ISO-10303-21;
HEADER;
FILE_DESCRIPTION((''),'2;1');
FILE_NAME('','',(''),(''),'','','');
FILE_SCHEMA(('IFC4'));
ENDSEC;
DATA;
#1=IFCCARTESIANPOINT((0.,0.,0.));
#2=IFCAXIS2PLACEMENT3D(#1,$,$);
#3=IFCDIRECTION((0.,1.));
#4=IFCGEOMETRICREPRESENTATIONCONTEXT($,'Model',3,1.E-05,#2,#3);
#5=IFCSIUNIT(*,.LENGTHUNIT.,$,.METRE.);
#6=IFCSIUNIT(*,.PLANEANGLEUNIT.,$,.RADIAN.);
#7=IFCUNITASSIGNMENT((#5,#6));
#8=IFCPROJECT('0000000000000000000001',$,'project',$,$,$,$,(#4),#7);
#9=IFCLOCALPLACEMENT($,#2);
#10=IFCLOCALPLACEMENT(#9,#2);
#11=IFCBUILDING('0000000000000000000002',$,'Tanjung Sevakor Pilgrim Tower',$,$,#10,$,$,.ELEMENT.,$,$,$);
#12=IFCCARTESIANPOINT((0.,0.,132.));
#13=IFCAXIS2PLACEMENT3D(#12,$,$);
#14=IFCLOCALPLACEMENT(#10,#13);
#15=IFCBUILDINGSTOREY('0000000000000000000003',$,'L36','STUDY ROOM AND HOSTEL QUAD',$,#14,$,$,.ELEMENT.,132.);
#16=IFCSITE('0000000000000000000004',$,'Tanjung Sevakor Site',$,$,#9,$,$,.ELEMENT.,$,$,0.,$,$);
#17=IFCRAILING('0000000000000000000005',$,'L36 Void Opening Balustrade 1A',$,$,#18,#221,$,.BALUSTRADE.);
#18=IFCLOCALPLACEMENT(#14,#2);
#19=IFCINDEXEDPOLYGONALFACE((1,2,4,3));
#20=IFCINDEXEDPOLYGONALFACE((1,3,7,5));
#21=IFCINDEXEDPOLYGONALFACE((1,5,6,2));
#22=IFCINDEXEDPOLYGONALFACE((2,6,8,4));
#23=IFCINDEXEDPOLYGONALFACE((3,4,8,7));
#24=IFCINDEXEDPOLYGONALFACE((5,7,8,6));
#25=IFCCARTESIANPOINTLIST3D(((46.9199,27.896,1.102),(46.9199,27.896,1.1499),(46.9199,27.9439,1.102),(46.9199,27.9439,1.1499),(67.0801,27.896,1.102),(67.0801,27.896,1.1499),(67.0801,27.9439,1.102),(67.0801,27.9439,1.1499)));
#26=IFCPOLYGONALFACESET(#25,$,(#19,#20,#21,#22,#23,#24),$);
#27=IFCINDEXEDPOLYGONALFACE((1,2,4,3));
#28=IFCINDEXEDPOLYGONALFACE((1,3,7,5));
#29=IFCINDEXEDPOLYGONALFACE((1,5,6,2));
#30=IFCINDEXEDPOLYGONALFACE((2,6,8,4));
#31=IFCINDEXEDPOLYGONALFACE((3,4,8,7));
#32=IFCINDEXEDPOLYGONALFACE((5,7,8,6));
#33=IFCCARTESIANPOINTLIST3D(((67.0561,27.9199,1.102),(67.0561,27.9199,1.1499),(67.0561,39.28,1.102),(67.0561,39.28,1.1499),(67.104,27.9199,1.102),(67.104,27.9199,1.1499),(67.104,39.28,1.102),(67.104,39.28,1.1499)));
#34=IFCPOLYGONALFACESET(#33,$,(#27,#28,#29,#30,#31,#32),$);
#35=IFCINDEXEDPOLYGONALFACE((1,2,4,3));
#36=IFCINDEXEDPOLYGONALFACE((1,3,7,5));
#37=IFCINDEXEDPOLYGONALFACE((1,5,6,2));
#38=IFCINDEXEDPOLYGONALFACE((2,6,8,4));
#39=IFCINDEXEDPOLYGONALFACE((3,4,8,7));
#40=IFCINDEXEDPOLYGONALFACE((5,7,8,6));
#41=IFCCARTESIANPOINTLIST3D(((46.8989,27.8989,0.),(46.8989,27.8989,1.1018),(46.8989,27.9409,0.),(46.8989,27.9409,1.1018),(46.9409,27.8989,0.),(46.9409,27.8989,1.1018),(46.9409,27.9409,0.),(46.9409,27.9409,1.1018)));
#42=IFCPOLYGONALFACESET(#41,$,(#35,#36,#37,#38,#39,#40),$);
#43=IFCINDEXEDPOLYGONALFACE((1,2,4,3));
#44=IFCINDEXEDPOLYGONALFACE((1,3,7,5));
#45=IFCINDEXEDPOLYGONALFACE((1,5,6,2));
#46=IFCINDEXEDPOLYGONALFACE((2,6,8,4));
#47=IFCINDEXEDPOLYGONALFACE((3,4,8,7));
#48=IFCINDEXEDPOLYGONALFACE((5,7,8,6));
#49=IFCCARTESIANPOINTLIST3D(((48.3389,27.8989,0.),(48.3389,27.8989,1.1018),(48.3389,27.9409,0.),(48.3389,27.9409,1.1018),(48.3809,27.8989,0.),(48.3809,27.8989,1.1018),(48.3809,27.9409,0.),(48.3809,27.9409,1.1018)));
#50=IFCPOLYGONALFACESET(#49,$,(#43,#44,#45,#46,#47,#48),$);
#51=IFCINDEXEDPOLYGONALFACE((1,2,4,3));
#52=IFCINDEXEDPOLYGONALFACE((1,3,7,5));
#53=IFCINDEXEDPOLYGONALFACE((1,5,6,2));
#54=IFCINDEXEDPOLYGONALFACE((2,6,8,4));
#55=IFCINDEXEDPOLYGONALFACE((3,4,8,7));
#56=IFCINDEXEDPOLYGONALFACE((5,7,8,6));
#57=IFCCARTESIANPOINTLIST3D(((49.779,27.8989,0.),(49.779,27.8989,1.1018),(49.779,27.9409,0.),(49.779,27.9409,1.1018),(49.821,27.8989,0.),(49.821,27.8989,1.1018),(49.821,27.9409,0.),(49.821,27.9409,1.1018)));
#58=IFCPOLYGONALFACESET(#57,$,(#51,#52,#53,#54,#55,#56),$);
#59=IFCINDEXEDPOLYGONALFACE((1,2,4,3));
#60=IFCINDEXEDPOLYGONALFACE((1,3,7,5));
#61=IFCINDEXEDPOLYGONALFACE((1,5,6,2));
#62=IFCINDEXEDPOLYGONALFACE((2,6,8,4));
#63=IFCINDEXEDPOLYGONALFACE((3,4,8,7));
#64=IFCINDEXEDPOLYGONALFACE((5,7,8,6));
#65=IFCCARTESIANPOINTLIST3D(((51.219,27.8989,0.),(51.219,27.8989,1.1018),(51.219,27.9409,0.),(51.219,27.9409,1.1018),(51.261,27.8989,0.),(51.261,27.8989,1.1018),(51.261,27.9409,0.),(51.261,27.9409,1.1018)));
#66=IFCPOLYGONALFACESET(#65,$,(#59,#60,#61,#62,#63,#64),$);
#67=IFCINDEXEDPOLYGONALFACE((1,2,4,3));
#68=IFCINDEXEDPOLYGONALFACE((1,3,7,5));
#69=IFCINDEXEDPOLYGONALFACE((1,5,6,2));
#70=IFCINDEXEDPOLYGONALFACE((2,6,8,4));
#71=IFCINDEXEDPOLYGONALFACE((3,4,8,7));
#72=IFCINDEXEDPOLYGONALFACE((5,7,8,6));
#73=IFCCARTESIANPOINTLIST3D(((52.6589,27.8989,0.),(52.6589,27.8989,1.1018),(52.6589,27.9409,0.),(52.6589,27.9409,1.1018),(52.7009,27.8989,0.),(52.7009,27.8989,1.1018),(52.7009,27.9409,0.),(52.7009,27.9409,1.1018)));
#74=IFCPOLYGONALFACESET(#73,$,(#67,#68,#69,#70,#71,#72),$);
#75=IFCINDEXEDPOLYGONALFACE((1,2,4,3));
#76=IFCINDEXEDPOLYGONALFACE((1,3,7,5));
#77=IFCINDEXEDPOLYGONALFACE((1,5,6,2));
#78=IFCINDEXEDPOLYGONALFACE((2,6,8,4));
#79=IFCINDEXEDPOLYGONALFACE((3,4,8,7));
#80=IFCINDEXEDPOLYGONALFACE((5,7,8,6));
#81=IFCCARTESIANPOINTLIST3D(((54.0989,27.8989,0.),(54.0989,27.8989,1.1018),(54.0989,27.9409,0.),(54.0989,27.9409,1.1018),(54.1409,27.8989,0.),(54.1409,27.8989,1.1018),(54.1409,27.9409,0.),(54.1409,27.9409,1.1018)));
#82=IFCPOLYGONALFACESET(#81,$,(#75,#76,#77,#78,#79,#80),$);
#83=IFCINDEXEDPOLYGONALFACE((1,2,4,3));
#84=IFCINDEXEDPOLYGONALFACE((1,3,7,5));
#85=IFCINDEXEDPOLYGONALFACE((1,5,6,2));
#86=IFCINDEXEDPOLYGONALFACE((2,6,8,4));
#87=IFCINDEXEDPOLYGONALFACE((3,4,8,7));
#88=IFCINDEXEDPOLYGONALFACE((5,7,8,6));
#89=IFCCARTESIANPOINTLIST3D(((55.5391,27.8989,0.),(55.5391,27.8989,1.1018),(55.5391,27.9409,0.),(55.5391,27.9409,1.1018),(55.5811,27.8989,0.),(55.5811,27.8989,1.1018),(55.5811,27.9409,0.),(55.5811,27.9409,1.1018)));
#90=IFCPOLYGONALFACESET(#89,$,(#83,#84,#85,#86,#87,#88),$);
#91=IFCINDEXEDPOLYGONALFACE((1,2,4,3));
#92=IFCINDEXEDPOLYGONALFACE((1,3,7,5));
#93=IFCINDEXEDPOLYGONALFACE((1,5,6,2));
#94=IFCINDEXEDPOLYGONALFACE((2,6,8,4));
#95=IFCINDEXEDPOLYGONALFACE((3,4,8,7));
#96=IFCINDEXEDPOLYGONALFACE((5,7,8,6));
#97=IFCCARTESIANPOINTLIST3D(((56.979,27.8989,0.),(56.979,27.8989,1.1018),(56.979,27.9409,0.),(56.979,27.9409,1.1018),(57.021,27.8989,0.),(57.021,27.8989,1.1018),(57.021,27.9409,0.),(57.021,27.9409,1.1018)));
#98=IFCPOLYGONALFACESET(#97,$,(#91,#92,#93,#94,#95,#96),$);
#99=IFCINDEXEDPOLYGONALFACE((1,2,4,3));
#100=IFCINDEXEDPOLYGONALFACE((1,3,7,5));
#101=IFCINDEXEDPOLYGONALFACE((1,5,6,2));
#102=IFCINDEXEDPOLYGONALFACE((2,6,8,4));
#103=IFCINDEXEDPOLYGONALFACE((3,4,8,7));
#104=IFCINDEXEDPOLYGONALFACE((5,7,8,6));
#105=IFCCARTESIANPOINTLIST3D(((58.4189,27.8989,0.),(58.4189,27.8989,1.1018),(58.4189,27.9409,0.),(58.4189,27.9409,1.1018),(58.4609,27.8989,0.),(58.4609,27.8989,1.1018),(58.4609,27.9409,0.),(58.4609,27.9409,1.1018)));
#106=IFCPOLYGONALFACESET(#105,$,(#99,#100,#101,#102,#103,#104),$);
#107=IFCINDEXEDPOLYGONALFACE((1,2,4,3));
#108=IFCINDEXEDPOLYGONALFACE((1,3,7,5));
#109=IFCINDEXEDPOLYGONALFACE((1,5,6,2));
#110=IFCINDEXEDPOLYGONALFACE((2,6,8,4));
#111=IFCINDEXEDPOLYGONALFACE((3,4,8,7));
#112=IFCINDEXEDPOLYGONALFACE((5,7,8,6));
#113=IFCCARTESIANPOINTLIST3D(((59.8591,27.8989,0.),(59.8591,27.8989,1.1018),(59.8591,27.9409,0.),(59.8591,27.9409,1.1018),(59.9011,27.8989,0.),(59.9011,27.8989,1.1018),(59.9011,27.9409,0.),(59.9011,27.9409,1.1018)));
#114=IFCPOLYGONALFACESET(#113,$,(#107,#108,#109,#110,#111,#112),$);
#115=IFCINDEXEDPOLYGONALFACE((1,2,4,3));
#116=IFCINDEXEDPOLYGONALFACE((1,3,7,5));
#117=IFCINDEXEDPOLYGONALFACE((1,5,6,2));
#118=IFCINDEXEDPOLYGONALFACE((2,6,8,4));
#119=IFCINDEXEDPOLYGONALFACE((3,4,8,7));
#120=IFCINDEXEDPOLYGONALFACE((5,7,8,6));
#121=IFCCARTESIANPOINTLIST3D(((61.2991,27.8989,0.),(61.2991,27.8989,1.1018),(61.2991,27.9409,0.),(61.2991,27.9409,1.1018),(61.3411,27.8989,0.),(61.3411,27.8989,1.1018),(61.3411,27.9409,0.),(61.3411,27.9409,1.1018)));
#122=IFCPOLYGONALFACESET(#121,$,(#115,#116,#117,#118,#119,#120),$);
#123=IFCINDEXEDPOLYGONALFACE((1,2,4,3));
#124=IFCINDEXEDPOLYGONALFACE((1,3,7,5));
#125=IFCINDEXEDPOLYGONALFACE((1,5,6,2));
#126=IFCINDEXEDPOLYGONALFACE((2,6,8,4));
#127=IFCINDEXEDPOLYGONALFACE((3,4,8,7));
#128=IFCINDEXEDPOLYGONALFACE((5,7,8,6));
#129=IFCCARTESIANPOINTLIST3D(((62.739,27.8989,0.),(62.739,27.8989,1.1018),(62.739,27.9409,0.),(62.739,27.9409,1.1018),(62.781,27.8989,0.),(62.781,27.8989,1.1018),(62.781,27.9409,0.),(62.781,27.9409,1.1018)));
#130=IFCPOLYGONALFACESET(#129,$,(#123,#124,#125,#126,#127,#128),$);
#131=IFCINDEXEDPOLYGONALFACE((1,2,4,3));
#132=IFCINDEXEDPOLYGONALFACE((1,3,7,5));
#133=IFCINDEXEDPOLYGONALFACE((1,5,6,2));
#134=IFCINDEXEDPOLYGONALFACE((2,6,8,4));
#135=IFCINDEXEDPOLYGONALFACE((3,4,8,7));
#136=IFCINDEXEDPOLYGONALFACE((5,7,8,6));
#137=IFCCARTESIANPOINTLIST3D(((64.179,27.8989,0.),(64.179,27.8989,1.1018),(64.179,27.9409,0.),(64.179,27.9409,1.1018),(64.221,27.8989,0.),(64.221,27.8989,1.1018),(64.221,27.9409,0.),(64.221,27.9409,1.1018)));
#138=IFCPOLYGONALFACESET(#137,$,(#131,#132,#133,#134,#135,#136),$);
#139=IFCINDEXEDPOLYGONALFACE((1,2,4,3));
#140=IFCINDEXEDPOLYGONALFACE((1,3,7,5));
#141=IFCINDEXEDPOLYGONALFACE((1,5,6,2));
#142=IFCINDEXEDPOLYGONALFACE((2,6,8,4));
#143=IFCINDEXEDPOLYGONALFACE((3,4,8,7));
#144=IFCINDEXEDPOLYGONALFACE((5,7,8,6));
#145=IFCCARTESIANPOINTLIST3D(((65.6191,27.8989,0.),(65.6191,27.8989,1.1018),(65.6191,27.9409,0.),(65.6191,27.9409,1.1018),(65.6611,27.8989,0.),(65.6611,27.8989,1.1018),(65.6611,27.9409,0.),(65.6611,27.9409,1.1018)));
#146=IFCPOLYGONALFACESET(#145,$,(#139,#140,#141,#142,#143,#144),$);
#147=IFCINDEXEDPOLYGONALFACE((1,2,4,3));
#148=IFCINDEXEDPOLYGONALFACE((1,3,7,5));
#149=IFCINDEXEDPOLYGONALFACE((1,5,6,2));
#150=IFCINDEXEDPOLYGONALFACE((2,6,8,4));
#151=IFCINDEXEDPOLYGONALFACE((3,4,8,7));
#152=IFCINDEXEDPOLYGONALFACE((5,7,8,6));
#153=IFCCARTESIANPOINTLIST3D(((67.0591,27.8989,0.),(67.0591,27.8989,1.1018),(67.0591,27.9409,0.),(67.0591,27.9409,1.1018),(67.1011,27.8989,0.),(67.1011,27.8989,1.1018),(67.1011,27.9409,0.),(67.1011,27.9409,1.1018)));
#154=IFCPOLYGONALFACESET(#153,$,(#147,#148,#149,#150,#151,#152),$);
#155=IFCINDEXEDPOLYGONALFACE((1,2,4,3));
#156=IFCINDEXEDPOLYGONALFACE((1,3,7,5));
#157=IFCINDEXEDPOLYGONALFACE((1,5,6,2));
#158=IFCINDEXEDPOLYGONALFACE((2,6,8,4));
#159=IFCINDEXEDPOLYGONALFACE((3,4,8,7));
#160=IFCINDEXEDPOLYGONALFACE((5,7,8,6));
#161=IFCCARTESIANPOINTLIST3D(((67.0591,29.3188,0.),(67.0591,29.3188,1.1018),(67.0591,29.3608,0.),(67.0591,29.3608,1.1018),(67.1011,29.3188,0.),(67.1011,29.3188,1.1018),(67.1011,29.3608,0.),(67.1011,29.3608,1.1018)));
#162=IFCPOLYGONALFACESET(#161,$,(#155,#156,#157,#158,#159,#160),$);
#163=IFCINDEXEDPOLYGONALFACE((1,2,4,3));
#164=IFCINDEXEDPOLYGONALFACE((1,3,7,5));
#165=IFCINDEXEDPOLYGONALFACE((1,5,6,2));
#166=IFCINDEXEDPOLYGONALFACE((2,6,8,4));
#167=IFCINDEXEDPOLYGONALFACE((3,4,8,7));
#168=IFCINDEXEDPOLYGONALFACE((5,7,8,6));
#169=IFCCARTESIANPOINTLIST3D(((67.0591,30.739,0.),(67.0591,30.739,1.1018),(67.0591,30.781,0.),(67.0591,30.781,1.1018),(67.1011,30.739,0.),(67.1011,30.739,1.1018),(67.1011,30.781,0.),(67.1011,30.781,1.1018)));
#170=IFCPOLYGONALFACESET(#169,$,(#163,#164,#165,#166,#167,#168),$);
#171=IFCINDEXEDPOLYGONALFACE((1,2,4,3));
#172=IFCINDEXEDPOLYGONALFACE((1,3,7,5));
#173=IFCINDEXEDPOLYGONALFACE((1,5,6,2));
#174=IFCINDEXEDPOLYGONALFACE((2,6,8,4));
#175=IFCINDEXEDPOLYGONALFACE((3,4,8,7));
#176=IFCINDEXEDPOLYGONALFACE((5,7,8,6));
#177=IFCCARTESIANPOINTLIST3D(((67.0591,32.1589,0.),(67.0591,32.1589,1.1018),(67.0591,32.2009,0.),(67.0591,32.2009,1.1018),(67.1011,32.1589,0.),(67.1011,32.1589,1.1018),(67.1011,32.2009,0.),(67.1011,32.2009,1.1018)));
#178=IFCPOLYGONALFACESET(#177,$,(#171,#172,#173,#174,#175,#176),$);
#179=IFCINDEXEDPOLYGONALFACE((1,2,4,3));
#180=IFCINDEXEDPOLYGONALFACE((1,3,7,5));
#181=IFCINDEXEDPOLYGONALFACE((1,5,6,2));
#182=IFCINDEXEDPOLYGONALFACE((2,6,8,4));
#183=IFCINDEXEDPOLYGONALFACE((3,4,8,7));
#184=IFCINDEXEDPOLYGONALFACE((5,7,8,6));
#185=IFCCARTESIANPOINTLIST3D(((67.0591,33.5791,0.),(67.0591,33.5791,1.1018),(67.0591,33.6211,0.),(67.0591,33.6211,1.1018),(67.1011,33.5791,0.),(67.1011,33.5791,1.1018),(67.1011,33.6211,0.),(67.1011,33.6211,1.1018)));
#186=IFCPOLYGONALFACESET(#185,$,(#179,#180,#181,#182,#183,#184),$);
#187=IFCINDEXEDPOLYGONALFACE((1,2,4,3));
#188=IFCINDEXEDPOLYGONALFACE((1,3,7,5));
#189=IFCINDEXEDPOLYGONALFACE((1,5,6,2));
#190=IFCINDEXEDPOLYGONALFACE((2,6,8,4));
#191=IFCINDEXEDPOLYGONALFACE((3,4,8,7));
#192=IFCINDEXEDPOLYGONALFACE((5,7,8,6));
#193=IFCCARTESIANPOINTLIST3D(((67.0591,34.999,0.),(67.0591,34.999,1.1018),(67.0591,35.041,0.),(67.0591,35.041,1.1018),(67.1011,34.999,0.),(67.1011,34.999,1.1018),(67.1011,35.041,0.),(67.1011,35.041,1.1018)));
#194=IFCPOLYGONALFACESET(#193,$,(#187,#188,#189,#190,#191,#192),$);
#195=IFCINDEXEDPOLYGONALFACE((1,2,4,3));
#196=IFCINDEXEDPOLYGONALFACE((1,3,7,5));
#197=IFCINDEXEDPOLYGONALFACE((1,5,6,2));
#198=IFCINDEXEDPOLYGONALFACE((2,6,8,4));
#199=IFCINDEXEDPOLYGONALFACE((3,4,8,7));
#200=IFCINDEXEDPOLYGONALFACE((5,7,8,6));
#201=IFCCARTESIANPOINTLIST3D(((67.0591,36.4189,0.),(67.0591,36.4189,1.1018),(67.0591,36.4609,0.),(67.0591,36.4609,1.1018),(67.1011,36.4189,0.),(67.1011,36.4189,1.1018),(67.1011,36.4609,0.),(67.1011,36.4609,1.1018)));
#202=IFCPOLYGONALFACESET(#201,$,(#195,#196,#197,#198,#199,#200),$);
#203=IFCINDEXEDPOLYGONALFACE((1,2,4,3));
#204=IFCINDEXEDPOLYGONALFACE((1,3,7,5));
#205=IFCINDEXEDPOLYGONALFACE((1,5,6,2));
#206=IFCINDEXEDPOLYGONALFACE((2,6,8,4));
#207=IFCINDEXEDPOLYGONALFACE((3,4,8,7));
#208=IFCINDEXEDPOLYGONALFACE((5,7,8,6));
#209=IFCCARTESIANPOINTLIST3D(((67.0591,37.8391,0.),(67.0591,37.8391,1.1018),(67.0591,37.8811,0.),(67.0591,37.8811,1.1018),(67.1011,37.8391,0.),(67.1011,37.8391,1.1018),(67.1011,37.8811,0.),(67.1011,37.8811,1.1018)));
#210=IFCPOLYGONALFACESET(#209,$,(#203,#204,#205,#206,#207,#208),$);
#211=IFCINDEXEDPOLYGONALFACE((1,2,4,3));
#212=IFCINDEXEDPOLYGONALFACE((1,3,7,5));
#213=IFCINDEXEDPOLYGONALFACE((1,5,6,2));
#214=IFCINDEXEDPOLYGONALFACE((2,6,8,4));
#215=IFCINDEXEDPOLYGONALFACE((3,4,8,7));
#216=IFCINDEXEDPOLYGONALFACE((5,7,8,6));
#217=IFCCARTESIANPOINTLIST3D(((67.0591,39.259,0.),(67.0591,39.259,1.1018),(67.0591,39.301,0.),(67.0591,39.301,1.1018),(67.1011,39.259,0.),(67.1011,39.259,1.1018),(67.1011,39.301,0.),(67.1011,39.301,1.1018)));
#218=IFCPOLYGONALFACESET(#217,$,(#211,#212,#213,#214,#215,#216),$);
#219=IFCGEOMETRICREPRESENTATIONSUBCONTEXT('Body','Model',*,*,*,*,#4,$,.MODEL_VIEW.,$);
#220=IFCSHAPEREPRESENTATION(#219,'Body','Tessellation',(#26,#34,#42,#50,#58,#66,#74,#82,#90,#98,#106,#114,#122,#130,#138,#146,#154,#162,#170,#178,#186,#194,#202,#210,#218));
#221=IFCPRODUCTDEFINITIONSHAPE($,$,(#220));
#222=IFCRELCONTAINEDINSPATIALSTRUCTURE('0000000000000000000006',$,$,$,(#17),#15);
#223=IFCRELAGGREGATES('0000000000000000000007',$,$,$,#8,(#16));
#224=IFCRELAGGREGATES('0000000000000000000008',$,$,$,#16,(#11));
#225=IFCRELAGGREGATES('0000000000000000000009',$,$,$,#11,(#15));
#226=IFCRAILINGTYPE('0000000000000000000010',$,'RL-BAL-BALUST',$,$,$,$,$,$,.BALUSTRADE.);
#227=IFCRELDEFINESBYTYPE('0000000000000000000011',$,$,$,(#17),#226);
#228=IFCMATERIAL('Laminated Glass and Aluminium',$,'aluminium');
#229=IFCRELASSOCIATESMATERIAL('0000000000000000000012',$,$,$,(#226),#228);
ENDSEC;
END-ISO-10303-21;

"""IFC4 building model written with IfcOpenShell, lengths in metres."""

from ifc_helpers import new_model, si_unit, direction, frame, origin, place, context, subcontext, project, spatial, rectangle, extrude, material, type_object, element, save


model = new_model("IFC4")

# Units and contexts
model_context = context("Model", 3, precision=1e-05, world=origin(), true_north=direction((0.0, 1.0)))
body_context = subcontext(model_context, "Body", "Model", "MODEL_VIEW")
ifc_project = project(units=[si_unit("LENGTHUNIT", "METRE"), si_unit("PLANEANGLEUNIT", "RADIAN")], contexts=[model_context])

# Site, building, storey
site_placement = place(None, origin())
site = spatial("IfcSite", under=ifc_project, at=site_placement, Name="Tanjung Sevakor Site", CompositionType="ELEMENT", RefElevation=0.0)
building_placement = place(site_placement, origin())
building = spatial("IfcBuilding", under=site, at=building_placement, Name="Tanjung Sevakor Pilgrim Tower", CompositionType="ELEMENT")
storey_placement = place(building_placement, frame((0.0, 0.0, 132.0)))
storey = spatial("IfcBuildingStorey", under=building, at=storey_placement, Name="L36", Description="STUDY ROOM AND HOSTEL QUAD", CompositionType="ELEMENT", Elevation=132.0)

# Railing
ifc_material_1 = material(Name="Laminated Glass and Aluminium", Category="aluminium")
railing_type = type_object("IfcRailingType", Name="RL-BAL-BALUST", PredefinedType="BALUSTRADE", material=ifc_material_1)
railing_placement = place(storey_placement, frame((46.9199, 27.9199, 0.0)))
element("IfcRailing", 1, at=railing_placement, inside=storey, type_object=railing_type, Name="L36 Void Opening Balustrade 1A", PredefinedType="BALUSTRADE", context=body_context, shape_type="SweptSolid", body=[
    extrude(rectangle(XDim=0.0479, YDim=0.0479), frame((0.0, 0.0, 1.126), z_axis=(1.0, 0.0, 0.0), x_axis=(0.0, 1.0, 0.0)), (0.0, 0.0, 1.0), 20.1602),
    extrude(rectangle(XDim=0.0479, YDim=0.0479), frame((20.1602, 0.0, 1.126), z_axis=(0.0, 1.0, 0.0), x_axis=(-1.0, 0.0, 0.0)), (0.0, 0.0, 1.0), 11.3601),
    extrude(rectangle(XDim=0.042, YDim=0.042), origin(), (0.0, 0.0, 1.0), 1.1018),
    extrude(rectangle(XDim=0.042, YDim=0.042), frame((1.4399, 0.0, 0.0)), (0.0, 0.0, 1.0), 1.1018),
    extrude(rectangle(XDim=0.042, YDim=0.042), frame((2.8801, 0.0, 0.0)), (0.0, 0.0, 1.0), 1.1018),
    extrude(rectangle(XDim=0.042, YDim=0.042), frame((4.3201, 0.0, 0.0)), (0.0, 0.0, 1.0), 1.1018),
    extrude(rectangle(XDim=0.042, YDim=0.042), frame((5.76, 0.0, 0.0)), (0.0, 0.0, 1.0), 1.1018),
    extrude(rectangle(XDim=0.042, YDim=0.042), frame((7.2, 0.0, 0.0)), (0.0, 0.0, 1.0), 1.1018),
    extrude(rectangle(XDim=0.042, YDim=0.042), frame((8.6401, 0.0, 0.0)), (0.0, 0.0, 1.0), 1.1018),
    extrude(rectangle(XDim=0.042, YDim=0.042), frame((10.0801, 0.0, 0.0)), (0.0, 0.0, 1.0), 1.1018),
    extrude(rectangle(XDim=0.042, YDim=0.042), frame((11.52, 0.0, 0.0)), (0.0, 0.0, 1.0), 1.1018),
    extrude(rectangle(XDim=0.042, YDim=0.042), frame((12.9602, 0.0, 0.0)), (0.0, 0.0, 1.0), 1.1018),
    extrude(rectangle(XDim=0.042, YDim=0.042), frame((14.4001, 0.0, 0.0)), (0.0, 0.0, 1.0), 1.1018),
    extrude(rectangle(XDim=0.042, YDim=0.042), frame((15.8401, 0.0, 0.0)), (0.0, 0.0, 1.0), 1.1018),
    extrude(rectangle(XDim=0.042, YDim=0.042), frame((17.28, 0.0, 0.0)), (0.0, 0.0, 1.0), 1.1018),
    extrude(rectangle(XDim=0.042, YDim=0.042), frame((18.7202, 0.0, 0.0)), (0.0, 0.0, 1.0), 1.1018),
    extrude(rectangle(XDim=0.042, YDim=0.042), frame((20.1602, 0.0, 0.0)), (0.0, 0.0, 1.0), 1.1018),
    extrude(rectangle(XDim=0.042, YDim=0.042), frame((20.1602, 1.4199, 0.0)), (0.0, 0.0, 1.0), 1.1018),
    extrude(rectangle(XDim=0.042, YDim=0.042), frame((20.1602, 2.8401, 0.0)), (0.0, 0.0, 1.0), 1.1018),
    extrude(rectangle(XDim=0.042, YDim=0.042), frame((20.1602, 4.26, 0.0)), (0.0, 0.0, 1.0), 1.1018),
    extrude(rectangle(XDim=0.042, YDim=0.042), frame((20.1602, 5.6802, 0.0)), (0.0, 0.0, 1.0), 1.1018),
    extrude(rectangle(XDim=0.042, YDim=0.042), frame((20.1602, 7.1001, 0.0)), (0.0, 0.0, 1.0), 1.1018),
    extrude(rectangle(XDim=0.042, YDim=0.042), frame((20.1602, 8.52, 0.0)), (0.0, 0.0, 1.0), 1.1018),
    extrude(rectangle(XDim=0.042, YDim=0.042), frame((20.1602, 9.9402, 0.0)), (0.0, 0.0, 1.0), 1.1018),
    extrude(rectangle(XDim=0.042, YDim=0.042), frame((20.1602, 11.3601, 0.0)), (0.0, 0.0, 1.0), 1.1018),
])

save(model, "model.ifc")
